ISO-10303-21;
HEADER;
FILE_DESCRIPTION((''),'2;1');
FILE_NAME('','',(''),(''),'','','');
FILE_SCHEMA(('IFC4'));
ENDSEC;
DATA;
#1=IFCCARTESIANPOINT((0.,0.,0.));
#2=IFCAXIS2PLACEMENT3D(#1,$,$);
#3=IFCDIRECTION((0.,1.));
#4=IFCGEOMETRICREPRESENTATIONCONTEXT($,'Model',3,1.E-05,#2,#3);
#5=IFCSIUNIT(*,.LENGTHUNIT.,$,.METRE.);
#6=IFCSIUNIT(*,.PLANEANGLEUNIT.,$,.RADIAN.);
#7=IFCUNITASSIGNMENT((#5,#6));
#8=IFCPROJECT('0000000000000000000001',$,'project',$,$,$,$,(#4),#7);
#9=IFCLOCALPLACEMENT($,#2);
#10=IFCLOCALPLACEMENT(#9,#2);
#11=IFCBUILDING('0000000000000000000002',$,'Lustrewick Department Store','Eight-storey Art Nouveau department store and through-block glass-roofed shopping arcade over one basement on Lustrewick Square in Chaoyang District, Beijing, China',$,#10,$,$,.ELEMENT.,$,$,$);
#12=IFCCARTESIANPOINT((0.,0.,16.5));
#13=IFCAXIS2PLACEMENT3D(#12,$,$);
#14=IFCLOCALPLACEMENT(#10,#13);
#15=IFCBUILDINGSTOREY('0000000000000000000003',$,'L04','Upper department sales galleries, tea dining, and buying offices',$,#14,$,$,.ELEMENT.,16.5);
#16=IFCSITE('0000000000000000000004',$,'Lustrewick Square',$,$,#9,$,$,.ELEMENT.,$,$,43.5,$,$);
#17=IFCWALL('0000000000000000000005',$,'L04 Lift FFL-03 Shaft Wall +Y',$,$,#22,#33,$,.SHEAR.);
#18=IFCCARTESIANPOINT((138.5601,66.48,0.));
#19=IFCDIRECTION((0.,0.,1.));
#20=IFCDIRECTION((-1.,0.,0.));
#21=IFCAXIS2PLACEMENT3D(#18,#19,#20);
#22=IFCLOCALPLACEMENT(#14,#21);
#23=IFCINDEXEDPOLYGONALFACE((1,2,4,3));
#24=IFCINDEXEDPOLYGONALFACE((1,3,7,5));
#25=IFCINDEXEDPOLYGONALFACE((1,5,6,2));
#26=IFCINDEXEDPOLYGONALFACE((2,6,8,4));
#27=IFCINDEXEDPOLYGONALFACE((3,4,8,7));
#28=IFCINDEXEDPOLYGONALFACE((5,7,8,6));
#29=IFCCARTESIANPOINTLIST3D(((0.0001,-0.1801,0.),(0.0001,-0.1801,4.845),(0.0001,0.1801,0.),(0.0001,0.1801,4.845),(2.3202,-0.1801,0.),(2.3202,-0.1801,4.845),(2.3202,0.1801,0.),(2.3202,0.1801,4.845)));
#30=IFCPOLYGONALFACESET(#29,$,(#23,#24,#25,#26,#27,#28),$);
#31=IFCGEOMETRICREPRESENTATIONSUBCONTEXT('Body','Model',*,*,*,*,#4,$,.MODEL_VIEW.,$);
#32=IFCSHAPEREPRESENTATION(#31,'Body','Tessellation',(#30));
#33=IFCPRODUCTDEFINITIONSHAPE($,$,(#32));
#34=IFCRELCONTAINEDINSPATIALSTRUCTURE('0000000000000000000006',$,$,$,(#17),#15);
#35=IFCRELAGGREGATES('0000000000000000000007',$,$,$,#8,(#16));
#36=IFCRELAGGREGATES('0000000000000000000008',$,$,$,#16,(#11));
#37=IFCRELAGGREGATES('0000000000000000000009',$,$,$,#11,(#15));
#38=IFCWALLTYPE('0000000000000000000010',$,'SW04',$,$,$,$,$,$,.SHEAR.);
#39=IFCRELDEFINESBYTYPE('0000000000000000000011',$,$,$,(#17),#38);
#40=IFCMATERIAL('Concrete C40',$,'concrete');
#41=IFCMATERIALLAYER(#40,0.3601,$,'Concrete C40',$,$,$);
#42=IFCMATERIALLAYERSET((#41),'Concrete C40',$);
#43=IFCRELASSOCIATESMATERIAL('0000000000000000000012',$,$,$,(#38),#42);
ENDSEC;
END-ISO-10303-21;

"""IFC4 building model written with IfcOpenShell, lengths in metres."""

from ifc_helpers import new_model, si_unit, direction, frame, frame_2d, origin, place, context, subcontext, project, spatial, rectangle, extrude, material, layer, layer_set, type_object, element, save


model = new_model("IFC4")

# Units and contexts
model_context = context("Model", 3, precision=1e-05, world=origin(), true_north=direction((0.0, 1.0)))
body_context = subcontext(model_context, "Body", "Model", "MODEL_VIEW")
ifc_project = project(units=[si_unit("LENGTHUNIT", "METRE"), si_unit("PLANEANGLEUNIT", "RADIAN")], contexts=[model_context])

# Site, building, storey
site_placement = place(None, origin())
site = spatial("IfcSite", under=ifc_project, at=site_placement, Name="Lustrewick Square", CompositionType="ELEMENT", RefElevation=43.5)
building_placement = place(site_placement, origin())
building = spatial("IfcBuilding", under=site, at=building_placement, Name="Lustrewick Department Store", Description="Eight-storey Art Nouveau department store and through-block glass-roofed shopping arcade over one basement on Lustrewick Square in Chaoyang District, Beijing, China", CompositionType="ELEMENT")
storey_placement = place(building_placement, frame((0.0, 0.0, 16.5)))
storey = spatial("IfcBuildingStorey", under=building, at=storey_placement, Name="L04", Description="Upper department sales galleries, tea dining, and buying offices", CompositionType="ELEMENT", Elevation=16.5)

# Wall
ifc_material_1 = material(Name="Concrete C40", Category="concrete")
ifc_layer_1 = layer(ifc_material_1, 0.3601, Name="Concrete C40")
ifc_layer_set_1 = layer_set([ifc_layer_1], Name="Concrete C40")
wall_type_1 = type_object("IfcWallType", Name="SW04", PredefinedType="SHEAR", material=ifc_layer_set_1)
wall_1_placement = place(storey_placement, frame((138.5601, 66.48, 0.0), z_axis=(0.0, 0.0, 1.0), x_axis=(-1.0, 0.0, 0.0)))
element("IfcWall", 1, at=wall_1_placement, inside=storey, type_object=wall_type_1, Name="L04 Lift FFL-03 Shaft Wall +Y", PredefinedType="SHEAR", context=body_context, shape_type="SweptSolid", body=[
    extrude(rectangle(XDim=2.3201, YDim=0.3601, at=frame_2d((1.1602, 0.0))), origin(), (0.0, 0.0, 1.0), 4.845),
])

save(model, "model.ifc")
